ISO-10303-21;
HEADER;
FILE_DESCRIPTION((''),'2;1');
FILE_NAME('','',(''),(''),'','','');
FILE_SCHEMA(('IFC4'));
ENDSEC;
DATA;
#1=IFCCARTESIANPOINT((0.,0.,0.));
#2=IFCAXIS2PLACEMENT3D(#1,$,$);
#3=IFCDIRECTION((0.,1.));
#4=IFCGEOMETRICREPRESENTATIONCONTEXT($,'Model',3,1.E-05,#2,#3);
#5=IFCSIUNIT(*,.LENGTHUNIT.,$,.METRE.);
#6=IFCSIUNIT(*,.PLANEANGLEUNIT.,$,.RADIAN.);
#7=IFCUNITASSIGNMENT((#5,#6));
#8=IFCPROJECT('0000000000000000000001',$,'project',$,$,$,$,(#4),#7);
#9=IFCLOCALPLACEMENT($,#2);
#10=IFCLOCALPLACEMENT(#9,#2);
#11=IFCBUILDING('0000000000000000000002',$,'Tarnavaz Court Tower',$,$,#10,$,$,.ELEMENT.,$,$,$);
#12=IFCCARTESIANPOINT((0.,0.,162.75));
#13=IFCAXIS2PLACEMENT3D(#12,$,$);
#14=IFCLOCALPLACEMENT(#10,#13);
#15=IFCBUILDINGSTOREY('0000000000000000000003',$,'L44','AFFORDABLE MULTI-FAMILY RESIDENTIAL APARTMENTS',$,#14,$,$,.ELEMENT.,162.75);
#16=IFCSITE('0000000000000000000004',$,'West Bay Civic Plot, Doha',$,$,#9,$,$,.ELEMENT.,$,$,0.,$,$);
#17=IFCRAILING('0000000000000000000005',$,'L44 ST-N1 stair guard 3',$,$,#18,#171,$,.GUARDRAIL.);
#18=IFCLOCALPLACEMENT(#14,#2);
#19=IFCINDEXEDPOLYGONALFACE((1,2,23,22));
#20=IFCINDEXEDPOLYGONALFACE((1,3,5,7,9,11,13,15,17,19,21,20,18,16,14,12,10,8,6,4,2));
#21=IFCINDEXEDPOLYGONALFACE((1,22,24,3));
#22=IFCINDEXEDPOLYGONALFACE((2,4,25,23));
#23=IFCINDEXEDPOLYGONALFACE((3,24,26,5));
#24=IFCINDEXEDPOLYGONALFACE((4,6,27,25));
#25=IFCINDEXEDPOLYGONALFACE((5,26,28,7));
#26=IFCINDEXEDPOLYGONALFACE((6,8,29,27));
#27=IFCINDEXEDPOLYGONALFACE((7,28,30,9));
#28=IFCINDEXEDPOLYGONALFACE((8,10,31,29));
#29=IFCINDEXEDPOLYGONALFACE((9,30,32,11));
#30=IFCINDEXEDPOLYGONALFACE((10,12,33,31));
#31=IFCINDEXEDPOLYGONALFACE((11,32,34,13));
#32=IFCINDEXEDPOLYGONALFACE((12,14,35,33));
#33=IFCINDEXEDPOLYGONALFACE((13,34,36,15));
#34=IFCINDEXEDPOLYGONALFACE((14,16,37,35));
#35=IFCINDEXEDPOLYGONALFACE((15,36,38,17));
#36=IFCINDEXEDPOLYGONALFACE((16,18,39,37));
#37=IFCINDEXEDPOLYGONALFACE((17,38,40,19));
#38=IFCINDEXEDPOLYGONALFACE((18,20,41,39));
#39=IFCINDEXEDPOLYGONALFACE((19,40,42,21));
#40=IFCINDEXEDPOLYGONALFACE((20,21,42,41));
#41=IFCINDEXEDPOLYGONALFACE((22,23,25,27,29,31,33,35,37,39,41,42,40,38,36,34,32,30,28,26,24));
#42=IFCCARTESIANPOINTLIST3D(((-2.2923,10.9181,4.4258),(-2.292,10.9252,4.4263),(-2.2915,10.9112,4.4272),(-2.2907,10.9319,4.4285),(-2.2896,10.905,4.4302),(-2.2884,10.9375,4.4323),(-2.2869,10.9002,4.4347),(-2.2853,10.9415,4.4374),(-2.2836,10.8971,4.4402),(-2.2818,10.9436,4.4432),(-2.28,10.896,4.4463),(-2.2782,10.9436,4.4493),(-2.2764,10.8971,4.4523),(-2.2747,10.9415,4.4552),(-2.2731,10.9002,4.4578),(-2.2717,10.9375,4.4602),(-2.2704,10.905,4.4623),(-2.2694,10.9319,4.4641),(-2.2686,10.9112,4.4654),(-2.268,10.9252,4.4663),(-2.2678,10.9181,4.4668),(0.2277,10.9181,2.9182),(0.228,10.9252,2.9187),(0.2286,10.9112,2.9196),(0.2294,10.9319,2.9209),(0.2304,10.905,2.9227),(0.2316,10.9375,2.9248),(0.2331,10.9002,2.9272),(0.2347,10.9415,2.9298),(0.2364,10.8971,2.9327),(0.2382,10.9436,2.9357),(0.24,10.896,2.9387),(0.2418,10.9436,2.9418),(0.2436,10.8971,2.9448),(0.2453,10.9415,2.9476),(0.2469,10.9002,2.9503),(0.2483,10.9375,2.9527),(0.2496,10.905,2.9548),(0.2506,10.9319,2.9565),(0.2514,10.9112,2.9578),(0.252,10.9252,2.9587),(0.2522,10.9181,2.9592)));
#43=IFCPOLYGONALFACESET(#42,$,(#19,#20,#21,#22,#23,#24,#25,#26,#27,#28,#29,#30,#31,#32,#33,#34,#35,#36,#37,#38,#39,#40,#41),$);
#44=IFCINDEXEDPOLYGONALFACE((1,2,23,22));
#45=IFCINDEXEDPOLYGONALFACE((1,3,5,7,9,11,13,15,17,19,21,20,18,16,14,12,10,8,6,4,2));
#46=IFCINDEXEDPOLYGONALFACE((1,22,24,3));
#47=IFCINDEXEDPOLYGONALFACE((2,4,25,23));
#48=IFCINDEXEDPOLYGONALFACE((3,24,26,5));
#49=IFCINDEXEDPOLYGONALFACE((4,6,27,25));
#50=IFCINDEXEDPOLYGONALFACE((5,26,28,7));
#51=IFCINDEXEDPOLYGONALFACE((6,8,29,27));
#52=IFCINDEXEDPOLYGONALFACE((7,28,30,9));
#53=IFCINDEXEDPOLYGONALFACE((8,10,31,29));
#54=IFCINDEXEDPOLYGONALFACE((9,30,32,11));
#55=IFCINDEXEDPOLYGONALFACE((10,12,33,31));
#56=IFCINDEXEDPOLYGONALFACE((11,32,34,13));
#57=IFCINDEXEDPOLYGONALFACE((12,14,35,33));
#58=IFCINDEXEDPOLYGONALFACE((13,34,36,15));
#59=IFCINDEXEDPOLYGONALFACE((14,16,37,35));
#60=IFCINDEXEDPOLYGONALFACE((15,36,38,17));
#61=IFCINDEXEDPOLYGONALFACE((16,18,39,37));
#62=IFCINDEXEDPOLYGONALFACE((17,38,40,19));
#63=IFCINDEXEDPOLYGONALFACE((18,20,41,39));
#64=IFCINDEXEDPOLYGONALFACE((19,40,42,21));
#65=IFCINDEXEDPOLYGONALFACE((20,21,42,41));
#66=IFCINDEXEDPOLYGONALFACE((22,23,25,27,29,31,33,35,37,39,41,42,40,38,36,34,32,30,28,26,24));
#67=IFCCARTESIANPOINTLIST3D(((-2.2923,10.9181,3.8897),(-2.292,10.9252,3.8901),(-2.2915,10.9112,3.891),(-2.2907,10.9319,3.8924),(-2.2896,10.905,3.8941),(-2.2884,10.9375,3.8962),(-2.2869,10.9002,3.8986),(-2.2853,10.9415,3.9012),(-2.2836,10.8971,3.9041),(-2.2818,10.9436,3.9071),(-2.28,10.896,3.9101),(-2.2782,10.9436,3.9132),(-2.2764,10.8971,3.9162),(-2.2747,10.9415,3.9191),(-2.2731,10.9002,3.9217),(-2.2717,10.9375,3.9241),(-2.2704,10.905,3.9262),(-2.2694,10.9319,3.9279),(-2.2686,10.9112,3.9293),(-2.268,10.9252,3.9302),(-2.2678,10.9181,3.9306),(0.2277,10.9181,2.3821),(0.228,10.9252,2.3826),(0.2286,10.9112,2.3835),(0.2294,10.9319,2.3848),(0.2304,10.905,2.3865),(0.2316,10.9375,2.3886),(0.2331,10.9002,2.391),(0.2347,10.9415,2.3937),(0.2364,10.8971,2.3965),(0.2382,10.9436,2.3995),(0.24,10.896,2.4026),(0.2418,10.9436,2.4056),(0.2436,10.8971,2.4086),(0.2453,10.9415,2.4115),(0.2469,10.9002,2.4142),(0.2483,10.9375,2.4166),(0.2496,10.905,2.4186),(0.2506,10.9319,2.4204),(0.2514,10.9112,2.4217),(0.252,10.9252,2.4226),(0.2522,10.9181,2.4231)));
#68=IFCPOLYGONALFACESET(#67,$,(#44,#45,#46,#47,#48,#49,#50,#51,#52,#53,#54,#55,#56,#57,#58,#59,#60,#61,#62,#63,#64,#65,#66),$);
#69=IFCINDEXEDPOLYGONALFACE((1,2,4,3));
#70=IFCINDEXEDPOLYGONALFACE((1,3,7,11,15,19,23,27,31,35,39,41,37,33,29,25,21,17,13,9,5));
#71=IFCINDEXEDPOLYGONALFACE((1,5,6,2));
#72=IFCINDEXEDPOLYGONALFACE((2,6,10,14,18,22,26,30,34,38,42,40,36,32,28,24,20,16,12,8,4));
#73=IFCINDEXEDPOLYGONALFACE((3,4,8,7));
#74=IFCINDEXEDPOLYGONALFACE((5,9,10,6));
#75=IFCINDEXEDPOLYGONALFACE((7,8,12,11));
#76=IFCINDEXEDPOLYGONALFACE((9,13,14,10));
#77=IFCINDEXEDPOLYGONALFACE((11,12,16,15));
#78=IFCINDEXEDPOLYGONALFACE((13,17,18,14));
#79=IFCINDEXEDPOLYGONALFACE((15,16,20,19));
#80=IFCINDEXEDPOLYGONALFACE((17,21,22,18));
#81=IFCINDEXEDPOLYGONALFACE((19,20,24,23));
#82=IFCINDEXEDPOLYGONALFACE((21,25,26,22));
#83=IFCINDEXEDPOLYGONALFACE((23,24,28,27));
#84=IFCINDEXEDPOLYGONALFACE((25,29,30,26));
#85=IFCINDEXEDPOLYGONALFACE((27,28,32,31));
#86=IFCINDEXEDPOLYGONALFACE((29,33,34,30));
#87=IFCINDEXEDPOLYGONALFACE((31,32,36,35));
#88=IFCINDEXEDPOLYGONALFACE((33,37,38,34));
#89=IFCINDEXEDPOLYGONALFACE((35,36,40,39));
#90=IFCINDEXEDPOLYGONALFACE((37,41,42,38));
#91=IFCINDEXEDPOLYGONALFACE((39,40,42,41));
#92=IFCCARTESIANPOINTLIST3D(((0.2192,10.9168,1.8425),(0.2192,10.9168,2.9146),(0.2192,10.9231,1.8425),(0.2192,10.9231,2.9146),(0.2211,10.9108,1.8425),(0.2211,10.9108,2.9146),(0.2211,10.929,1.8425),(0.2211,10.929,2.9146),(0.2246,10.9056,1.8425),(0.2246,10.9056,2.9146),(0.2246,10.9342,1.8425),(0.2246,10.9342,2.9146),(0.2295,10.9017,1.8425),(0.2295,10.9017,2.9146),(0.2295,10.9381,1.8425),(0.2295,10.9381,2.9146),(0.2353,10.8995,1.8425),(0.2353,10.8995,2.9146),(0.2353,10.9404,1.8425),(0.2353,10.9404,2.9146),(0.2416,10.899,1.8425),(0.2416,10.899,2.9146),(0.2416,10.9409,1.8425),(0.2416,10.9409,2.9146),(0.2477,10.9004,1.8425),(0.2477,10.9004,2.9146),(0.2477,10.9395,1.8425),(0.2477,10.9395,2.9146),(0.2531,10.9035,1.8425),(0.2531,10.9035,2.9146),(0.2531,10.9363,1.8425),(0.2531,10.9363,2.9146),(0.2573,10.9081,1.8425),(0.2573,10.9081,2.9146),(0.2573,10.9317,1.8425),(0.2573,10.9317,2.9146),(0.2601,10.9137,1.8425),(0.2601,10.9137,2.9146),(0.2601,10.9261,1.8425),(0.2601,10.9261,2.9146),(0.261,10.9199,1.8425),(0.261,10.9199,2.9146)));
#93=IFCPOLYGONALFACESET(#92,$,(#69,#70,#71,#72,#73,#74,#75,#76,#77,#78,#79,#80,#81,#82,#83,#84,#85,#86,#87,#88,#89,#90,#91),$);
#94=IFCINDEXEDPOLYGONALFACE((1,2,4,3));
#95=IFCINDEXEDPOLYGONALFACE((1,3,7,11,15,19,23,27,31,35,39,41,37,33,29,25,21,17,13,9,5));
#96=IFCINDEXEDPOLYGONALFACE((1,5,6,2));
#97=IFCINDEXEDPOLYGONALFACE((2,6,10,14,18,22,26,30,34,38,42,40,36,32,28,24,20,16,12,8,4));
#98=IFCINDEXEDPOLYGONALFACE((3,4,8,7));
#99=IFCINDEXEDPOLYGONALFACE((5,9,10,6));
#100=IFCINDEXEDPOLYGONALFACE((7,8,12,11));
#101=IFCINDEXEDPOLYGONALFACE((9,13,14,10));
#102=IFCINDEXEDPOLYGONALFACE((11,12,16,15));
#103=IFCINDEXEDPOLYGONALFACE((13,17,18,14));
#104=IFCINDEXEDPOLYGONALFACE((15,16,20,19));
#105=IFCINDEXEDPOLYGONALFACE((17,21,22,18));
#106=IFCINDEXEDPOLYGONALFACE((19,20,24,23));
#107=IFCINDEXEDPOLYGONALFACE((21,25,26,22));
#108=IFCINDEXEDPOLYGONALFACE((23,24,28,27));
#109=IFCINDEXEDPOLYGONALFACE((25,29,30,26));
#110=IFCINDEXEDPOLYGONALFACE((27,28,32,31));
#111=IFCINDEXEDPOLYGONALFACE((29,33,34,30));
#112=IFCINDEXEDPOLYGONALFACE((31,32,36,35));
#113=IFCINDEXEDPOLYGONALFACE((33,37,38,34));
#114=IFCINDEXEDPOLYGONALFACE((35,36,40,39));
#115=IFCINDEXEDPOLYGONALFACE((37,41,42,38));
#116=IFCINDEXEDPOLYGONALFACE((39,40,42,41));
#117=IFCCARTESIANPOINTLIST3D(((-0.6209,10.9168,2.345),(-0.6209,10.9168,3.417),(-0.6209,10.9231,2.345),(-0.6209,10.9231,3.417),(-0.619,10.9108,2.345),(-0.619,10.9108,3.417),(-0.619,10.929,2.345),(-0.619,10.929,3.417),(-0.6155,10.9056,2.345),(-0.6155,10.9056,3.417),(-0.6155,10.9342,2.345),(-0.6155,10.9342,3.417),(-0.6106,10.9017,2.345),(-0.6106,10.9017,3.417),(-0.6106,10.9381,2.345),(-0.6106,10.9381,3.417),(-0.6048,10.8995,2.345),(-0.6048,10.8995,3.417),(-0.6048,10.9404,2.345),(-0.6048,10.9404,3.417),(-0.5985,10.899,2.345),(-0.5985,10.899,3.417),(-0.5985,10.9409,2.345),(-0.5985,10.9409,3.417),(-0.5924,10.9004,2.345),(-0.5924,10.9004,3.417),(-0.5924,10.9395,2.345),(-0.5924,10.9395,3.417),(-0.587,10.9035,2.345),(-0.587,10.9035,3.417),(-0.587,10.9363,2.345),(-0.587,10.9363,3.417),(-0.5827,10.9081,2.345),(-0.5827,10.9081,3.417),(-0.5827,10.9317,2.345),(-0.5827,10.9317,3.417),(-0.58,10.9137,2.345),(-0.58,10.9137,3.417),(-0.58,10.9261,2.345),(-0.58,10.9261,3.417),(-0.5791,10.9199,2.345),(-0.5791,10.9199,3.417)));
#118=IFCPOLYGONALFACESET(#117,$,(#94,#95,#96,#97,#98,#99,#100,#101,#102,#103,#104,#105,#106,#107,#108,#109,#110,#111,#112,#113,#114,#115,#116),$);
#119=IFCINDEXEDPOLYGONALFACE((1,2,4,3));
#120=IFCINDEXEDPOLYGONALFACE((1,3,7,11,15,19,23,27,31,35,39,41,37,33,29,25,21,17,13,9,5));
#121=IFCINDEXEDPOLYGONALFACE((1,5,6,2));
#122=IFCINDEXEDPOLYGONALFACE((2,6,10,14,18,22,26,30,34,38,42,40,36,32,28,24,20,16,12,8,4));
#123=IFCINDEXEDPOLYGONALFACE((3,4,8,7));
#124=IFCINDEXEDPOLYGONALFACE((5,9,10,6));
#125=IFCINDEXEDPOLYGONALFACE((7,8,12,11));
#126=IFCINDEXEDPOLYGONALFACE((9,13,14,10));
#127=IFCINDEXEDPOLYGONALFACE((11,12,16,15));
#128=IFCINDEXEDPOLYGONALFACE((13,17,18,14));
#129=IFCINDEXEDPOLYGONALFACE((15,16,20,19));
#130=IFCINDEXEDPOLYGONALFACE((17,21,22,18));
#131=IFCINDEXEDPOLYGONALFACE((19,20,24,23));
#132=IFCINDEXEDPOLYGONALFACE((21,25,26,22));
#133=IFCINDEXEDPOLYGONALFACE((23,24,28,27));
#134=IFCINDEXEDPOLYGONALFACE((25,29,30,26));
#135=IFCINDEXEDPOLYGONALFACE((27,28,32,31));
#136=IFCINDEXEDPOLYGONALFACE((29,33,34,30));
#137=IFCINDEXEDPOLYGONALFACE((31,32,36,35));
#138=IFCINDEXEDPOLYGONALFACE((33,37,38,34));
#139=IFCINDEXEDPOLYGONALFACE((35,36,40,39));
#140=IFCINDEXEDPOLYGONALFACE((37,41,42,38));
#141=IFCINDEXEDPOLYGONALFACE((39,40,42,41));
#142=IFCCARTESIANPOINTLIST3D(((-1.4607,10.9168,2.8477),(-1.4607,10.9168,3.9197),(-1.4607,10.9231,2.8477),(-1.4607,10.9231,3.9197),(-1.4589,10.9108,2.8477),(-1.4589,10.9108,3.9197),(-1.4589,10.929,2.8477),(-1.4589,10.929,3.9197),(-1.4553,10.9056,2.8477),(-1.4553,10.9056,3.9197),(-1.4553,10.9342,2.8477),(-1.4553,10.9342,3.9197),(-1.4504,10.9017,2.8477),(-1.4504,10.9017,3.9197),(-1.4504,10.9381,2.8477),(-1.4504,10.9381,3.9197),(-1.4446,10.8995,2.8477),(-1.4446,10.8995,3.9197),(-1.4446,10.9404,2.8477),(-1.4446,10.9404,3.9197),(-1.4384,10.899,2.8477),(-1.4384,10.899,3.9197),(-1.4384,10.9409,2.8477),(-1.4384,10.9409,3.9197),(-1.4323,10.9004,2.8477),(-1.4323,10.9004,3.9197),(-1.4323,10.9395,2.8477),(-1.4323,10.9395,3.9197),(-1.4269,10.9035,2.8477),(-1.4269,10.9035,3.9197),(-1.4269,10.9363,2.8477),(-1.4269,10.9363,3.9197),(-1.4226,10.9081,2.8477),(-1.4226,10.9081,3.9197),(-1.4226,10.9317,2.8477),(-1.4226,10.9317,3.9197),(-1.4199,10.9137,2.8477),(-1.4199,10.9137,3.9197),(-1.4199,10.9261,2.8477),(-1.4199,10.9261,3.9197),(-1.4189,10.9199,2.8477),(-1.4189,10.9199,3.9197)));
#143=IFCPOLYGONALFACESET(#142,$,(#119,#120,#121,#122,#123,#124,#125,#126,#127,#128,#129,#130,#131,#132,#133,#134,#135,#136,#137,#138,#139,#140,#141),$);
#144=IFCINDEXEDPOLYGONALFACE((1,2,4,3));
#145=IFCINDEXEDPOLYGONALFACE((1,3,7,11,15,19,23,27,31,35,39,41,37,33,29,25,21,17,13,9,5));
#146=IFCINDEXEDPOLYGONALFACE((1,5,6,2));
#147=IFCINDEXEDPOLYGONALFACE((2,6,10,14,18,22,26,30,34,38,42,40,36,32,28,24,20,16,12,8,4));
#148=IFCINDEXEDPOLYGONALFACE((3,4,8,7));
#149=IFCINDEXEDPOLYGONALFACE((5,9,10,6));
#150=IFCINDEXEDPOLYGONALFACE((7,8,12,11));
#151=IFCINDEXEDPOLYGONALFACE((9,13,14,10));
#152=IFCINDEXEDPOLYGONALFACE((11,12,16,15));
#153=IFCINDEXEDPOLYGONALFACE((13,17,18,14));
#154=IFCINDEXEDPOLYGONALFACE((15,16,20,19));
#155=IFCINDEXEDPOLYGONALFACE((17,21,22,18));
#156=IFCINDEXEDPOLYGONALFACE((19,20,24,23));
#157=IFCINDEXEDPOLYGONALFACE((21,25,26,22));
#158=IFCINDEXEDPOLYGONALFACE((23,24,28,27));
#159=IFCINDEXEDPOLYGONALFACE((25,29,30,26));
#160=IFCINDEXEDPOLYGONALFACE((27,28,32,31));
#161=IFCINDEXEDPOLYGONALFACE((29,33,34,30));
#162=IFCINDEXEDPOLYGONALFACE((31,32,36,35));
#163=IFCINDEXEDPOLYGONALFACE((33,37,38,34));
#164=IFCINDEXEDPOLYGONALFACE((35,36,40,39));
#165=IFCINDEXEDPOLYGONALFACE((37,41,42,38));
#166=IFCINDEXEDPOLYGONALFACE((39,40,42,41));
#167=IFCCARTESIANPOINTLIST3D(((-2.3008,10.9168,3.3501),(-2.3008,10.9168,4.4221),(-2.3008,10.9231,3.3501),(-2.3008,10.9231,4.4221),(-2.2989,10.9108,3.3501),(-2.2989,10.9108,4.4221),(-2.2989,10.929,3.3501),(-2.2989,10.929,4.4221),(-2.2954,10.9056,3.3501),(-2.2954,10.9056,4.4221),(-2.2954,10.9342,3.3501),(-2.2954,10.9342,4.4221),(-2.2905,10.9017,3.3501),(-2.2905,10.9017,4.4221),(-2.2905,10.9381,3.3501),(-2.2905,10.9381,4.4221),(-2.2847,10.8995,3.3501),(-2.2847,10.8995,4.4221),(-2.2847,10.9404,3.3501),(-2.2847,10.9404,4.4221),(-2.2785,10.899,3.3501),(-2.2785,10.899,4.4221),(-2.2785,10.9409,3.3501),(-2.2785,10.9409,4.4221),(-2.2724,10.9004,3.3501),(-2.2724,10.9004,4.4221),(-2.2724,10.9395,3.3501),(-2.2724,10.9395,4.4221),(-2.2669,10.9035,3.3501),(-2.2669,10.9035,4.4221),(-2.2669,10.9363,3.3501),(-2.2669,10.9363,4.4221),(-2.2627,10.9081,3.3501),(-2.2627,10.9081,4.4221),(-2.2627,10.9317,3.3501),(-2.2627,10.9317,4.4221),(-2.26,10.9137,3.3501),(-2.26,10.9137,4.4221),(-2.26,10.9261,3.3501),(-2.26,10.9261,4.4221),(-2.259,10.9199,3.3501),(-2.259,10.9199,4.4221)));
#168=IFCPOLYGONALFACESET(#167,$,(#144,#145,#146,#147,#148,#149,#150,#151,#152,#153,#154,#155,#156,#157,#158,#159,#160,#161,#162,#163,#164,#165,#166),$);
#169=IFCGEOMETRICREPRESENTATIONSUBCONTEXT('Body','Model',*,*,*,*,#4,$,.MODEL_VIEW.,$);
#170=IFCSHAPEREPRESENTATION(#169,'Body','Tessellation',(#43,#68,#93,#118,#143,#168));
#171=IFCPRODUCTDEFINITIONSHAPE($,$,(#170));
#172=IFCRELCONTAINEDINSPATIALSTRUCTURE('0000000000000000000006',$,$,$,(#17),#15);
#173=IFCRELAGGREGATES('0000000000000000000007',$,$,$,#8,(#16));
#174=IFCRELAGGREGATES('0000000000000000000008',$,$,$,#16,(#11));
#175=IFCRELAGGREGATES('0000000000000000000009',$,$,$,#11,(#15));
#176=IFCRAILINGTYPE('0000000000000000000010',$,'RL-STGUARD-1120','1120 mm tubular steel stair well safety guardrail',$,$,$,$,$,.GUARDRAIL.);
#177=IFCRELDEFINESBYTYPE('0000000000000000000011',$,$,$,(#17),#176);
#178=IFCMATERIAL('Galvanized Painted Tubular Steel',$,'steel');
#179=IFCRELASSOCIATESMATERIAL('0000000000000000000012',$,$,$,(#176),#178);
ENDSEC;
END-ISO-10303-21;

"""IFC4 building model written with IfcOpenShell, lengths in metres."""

from ifc_helpers import new_model, si_unit, direction, frame, origin, origin_2d, place, context, subcontext, project, spatial, circle, extrude, material, type_object, element, save


model = new_model("IFC4")

# Units and contexts
model_context = context("Model", 3, precision=1e-05, world=origin(), true_north=direction((0.0, 1.0)))
body_context = subcontext(model_context, "Body", "Model", "MODEL_VIEW")
ifc_project = project(units=[si_unit("LENGTHUNIT", "METRE"), si_unit("PLANEANGLEUNIT", "RADIAN")], contexts=[model_context])

# Site, building, storey
site_placement = place(None, origin())
site = spatial("IfcSite", under=ifc_project, at=site_placement, Name="West Bay Civic Plot, Doha", CompositionType="ELEMENT", RefElevation=0.0)
building_placement = place(site_placement, origin())
building = spatial("IfcBuilding", under=site, at=building_placement, Name="Tarnavaz Court Tower", CompositionType="ELEMENT")
storey_placement = place(building_placement, frame((0.0, 0.0, 162.75)))
storey = spatial("IfcBuildingStorey", under=building, at=storey_placement, Name="L44", Description="AFFORDABLE MULTI-FAMILY RESIDENTIAL APARTMENTS", CompositionType="ELEMENT", Elevation=162.75)

# Railing
ifc_material_1 = material(Name="Galvanized Painted Tubular Steel", Category="steel")
railing_type_1 = type_object("IfcRailingType", Name="RL-STGUARD-1120", Description="1120 mm tubular steel stair well safety guardrail", PredefinedType="GUARDRAIL", material=ifc_material_1)
railing_1_placement = place(storey_placement, frame((0.24, 10.9199, 1.8425)))
element("IfcRailing", 1, at=railing_1_placement, inside=storey, type_object=railing_type_1, Name="L44 ST-N1 stair guard 3", PredefinedType="GUARDRAIL", context=body_context, shape_type="SweptSolid", body=[
    extrude(circle(Radius=0.0239, at=origin_2d()), frame((0.0, 0.0, 1.0962), z_axis=(-0.85816, 0.0, 0.513383), x_axis=(0.0, -1.0, 0.0)), (0.0, 0.0, 1.0), 2.9365),
    extrude(circle(Radius=0.0239, at=origin_2d()), frame((0.0, 0.0, 0.5601), z_axis=(-0.85816, 0.0, 0.513383), x_axis=(0.0, -1.0, 0.0)), (0.0, 0.0, 1.0), 2.9365),
    extrude(circle(Radius=0.021, at=origin_2d()), origin(), (0.0, 0.0, 1.0), 1.072),
    extrude(circle(Radius=0.021, at=origin_2d()), frame((-0.8401, 0.0, 0.5024)), (0.0, 0.0, 1.0), 1.072),
    extrude(circle(Radius=0.021, at=origin_2d()), frame((-1.6799, 0.0, 1.0051)), (0.0, 0.0, 1.0), 1.072),
    extrude(circle(Radius=0.021, at=origin_2d()), frame((-2.52, 0.0, 1.5076)), (0.0, 0.0, 1.0), 1.072),
])

save(model, "model.ifc")
